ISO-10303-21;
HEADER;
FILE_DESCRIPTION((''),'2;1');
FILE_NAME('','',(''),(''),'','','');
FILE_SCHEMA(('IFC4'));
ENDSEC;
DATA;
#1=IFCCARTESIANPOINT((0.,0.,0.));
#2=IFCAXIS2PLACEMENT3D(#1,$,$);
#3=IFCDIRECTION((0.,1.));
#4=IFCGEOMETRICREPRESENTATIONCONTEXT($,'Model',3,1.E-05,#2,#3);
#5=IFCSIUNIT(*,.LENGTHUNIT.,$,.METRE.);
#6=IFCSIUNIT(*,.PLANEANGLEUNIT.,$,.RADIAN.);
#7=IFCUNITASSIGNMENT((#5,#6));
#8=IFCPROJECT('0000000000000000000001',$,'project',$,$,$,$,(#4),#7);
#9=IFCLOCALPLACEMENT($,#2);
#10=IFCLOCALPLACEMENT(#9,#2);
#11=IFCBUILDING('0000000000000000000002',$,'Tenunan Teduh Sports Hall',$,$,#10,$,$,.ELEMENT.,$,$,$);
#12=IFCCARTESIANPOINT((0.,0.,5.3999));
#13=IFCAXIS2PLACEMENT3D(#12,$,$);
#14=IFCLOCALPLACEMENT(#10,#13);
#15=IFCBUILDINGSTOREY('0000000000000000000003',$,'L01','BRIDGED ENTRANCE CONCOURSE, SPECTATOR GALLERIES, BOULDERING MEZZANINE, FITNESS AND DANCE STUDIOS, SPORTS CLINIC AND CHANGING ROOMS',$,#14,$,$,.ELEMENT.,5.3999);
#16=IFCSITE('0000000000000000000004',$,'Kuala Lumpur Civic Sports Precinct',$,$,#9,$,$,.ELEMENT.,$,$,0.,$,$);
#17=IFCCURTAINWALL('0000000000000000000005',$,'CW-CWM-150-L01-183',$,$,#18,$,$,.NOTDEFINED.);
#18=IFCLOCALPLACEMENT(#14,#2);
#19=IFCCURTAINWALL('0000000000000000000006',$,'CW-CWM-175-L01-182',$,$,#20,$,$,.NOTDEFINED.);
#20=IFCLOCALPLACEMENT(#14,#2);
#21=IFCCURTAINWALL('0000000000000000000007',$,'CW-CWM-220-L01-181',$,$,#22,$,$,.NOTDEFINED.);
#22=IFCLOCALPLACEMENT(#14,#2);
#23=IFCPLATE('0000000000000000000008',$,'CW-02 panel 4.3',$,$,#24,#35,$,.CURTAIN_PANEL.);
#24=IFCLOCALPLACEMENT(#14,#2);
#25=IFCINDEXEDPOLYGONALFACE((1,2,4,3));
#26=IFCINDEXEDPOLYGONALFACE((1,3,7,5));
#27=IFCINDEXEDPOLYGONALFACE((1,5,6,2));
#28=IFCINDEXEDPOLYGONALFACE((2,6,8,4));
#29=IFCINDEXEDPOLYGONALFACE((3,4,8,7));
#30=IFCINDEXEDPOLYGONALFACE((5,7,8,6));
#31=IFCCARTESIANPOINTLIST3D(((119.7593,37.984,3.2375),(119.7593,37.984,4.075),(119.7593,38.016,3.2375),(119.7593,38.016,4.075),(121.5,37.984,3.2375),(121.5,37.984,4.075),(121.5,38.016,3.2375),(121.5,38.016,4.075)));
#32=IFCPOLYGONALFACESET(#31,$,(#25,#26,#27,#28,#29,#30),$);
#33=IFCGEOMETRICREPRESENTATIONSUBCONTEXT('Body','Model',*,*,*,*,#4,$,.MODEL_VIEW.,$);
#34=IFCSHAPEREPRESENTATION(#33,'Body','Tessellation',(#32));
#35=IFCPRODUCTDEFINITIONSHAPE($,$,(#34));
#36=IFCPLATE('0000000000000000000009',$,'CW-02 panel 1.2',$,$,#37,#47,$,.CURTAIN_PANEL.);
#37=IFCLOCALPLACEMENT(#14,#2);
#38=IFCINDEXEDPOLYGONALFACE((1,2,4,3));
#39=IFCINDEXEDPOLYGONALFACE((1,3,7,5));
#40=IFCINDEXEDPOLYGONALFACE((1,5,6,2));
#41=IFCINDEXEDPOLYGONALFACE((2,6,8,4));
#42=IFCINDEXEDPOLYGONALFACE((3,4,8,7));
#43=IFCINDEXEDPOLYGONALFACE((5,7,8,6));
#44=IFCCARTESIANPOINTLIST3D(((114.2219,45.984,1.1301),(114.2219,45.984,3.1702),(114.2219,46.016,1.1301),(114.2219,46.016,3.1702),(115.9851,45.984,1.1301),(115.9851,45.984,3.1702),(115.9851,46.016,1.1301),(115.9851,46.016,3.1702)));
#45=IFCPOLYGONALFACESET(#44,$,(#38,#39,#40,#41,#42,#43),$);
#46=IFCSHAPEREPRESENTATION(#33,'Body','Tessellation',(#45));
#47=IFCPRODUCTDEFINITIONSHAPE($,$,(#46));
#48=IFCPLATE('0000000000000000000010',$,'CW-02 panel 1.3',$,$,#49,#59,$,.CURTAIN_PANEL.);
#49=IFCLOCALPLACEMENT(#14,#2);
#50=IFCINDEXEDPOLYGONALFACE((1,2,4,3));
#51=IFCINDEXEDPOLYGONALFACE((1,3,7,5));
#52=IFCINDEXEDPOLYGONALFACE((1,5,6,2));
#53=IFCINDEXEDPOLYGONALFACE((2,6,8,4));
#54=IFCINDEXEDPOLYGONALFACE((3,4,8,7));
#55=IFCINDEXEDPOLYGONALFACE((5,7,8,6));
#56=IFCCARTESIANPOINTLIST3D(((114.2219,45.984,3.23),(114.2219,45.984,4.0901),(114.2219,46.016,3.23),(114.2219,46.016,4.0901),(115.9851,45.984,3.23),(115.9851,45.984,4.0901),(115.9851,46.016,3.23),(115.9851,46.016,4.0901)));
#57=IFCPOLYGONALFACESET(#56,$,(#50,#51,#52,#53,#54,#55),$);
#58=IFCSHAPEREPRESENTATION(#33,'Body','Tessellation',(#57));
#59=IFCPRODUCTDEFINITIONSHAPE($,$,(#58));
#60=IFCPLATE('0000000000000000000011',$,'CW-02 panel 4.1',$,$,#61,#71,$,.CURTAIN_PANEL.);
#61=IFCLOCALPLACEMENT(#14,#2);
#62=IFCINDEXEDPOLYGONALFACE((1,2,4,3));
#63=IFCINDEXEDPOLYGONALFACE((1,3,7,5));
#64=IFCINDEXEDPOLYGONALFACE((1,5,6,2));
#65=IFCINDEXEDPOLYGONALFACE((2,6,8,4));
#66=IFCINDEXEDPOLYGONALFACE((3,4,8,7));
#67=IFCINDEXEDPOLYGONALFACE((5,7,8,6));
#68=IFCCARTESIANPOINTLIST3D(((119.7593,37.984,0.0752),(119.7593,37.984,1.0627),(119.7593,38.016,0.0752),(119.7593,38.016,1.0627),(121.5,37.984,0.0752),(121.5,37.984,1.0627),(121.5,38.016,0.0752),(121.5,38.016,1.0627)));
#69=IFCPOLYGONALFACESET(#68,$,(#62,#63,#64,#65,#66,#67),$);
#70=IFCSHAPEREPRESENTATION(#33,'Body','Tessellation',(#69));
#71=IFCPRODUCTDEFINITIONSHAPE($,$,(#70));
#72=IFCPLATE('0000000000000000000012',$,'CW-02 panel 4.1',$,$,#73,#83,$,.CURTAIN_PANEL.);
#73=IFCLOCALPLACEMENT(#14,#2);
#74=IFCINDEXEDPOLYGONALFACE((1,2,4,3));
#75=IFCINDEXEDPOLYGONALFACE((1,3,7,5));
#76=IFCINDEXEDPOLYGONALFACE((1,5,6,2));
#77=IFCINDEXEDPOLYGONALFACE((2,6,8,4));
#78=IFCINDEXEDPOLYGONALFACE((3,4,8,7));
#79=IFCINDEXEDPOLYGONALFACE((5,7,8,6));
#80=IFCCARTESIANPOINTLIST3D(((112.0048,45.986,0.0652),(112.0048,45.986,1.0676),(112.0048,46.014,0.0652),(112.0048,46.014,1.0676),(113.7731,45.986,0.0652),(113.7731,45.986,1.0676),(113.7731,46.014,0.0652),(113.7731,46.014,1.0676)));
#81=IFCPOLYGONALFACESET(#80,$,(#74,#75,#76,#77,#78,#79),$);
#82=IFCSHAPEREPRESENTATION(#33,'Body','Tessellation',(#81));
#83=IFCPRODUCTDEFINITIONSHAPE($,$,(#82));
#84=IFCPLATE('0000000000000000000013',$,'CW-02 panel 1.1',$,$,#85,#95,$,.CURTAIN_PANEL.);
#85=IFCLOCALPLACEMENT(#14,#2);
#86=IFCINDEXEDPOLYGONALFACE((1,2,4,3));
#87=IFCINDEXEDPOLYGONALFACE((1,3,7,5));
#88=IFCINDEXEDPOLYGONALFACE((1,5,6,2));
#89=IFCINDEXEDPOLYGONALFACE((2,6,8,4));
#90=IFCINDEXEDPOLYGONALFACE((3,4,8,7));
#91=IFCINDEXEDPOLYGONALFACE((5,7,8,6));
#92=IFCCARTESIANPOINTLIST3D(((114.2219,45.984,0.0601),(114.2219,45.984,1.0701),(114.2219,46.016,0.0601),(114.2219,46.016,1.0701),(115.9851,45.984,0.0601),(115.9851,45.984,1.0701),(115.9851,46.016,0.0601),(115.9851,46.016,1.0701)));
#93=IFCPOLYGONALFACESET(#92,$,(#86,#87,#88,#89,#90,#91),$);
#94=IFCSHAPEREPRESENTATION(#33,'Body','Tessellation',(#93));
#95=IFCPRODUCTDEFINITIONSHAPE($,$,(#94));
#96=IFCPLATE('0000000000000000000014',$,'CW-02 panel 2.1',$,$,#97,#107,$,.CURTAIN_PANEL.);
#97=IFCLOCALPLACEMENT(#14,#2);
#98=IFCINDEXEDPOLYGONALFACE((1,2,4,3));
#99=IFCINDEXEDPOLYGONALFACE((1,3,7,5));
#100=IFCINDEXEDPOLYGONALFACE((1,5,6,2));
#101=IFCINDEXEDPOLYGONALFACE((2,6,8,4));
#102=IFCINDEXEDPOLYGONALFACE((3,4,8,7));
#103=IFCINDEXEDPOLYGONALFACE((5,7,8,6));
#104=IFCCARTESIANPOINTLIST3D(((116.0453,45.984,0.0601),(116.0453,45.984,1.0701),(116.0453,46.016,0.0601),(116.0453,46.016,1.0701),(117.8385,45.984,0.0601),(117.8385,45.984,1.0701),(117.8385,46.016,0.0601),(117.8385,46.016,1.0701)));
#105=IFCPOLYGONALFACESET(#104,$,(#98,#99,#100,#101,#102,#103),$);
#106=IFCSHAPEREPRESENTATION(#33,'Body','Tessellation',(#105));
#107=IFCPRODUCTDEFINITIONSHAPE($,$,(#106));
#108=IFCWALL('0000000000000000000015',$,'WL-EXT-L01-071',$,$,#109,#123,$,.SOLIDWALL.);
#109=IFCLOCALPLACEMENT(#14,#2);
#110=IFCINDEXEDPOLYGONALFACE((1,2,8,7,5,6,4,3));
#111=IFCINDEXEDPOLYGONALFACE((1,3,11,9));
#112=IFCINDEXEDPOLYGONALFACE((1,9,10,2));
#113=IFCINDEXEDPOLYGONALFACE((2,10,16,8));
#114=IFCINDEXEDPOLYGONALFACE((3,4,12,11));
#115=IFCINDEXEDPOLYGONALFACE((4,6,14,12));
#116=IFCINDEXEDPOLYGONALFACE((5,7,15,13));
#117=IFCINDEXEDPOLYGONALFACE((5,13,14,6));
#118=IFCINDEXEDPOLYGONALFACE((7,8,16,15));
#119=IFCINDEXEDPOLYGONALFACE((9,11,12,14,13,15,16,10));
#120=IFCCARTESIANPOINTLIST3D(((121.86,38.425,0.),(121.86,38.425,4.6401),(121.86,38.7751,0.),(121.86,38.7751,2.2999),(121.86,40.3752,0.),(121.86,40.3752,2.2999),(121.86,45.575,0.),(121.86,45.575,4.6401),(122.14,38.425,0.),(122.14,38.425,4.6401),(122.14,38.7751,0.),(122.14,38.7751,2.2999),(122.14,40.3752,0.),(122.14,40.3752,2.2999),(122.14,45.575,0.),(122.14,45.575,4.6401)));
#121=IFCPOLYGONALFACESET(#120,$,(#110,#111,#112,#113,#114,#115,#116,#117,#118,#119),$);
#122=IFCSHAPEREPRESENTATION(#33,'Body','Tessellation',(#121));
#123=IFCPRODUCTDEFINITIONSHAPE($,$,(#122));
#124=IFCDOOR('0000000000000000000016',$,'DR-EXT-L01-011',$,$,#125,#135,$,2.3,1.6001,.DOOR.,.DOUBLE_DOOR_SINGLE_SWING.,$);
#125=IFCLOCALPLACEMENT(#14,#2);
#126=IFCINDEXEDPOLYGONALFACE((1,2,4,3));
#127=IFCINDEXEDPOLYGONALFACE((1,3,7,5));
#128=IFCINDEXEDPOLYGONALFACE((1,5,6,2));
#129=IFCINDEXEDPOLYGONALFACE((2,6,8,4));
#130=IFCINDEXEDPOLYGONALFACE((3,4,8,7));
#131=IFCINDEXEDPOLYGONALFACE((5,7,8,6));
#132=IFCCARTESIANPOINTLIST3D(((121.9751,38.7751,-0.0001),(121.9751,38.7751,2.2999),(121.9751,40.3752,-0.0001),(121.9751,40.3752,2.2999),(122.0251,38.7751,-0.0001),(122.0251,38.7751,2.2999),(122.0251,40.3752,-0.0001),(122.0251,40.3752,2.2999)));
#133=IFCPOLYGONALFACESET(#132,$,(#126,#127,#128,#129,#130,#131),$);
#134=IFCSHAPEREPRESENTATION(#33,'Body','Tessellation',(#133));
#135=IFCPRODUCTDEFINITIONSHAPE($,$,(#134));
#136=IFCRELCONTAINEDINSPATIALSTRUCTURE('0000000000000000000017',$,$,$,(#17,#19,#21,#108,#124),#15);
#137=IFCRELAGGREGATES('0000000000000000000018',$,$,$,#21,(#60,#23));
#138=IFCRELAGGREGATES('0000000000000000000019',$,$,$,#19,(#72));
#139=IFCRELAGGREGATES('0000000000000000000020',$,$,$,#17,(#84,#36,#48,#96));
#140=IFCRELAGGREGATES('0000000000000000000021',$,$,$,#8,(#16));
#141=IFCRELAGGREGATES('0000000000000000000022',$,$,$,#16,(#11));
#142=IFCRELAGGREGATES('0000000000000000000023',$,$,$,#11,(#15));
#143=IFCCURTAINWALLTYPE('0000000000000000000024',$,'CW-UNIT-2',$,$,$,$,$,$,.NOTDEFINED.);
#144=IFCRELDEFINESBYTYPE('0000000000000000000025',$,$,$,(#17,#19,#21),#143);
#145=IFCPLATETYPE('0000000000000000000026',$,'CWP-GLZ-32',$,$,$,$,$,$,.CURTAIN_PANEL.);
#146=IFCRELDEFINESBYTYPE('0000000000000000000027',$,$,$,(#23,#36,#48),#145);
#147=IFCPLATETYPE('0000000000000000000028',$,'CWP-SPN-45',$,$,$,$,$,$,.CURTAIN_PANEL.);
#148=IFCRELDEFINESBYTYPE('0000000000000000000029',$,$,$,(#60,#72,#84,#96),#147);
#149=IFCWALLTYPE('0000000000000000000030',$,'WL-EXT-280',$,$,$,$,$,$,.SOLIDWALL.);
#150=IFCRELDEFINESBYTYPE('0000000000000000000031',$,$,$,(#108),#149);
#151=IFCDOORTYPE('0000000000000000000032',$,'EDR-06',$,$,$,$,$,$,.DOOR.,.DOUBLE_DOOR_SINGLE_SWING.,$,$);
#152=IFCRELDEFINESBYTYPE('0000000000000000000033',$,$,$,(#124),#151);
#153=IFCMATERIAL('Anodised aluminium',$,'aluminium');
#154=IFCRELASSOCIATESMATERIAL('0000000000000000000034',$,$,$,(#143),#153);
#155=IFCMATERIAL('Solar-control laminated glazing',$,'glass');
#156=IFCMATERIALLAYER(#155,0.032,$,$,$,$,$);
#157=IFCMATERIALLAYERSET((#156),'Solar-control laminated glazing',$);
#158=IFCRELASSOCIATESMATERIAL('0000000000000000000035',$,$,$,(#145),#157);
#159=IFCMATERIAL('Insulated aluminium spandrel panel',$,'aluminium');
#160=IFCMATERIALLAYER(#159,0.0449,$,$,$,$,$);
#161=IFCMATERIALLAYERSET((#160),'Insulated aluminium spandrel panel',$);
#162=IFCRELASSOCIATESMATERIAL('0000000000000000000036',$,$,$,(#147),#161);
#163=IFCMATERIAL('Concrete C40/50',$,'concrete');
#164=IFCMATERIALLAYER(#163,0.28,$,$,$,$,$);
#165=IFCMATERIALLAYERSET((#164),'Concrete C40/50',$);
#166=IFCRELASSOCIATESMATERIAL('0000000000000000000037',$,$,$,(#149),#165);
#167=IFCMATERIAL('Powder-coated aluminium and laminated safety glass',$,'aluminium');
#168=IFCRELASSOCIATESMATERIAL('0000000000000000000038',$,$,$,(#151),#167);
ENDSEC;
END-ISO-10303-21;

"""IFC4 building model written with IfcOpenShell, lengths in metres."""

from ifc_helpers import new_model, si_unit, direction, frame, frame_2d, origin, origin_2d, place, context, subcontext, project, spatial, rectangle, extrude, material, layer, layer_set, type_object, element, fill, aggregate, save


model = new_model("IFC4")

# Units and contexts
model_context = context("Model", 3, precision=1e-05, world=origin(), true_north=direction((0.0, 1.0)))
body_context = subcontext(model_context, "Body", "Model", "MODEL_VIEW")
ifc_project = project(units=[si_unit("LENGTHUNIT", "METRE"), si_unit("PLANEANGLEUNIT", "RADIAN")], contexts=[model_context])

# Site, building, storey
site_placement = place(None, origin())
site = spatial("IfcSite", under=ifc_project, at=site_placement, Name="Kuala Lumpur Civic Sports Precinct", CompositionType="ELEMENT", RefElevation=0.0)
building_placement = place(site_placement, origin())
building = spatial("IfcBuilding", under=site, at=building_placement, Name="Tenunan Teduh Sports Hall", CompositionType="ELEMENT")
storey_placement = place(building_placement, frame((0.0, 0.0, 5.3999)))
storey = spatial("IfcBuildingStorey", under=building, at=storey_placement, Name="L01", Description="BRIDGED ENTRANCE CONCOURSE, SPECTATOR GALLERIES, BOULDERING MEZZANINE, FITNESS AND DANCE STUDIOS, SPORTS CLINIC AND CHANGING ROOMS", CompositionType="ELEMENT", Elevation=5.3999)

# Curtain wall
ifc_material_1 = material(Name="Anodised aluminium", Category="aluminium")
curtain_wall_type = type_object("IfcCurtainWallType", Name="CW-UNIT-2", PredefinedType="NOTDEFINED", material=ifc_material_1)
curtain_wall_1_placement = place(storey_placement, origin())
curtain_wall_1 = element("IfcCurtainWall", 1, at=curtain_wall_1_placement, inside=storey, type_object=curtain_wall_type, Name="CW-CWM-150-L01-183", PredefinedType="NOTDEFINED")

# Curtain walls
curtain_wall_2_placement = place(storey_placement, origin())
curtain_wall_2 = element("IfcCurtainWall", 2, at=curtain_wall_2_placement, inside=storey, type_object=curtain_wall_type, Name="CW-CWM-175-L01-182", PredefinedType="NOTDEFINED")
curtain_wall_3_placement = place(storey_placement, origin())
curtain_wall_3 = element("IfcCurtainWall", 3, at=curtain_wall_3_placement, inside=storey, type_object=curtain_wall_type, Name="CW-CWM-220-L01-181", PredefinedType="NOTDEFINED")

# Plates
ifc_material_2 = material(Name="Solar-control laminated glazing", Category="glass")
ifc_layer_1 = layer(ifc_material_2, 0.032)
ifc_layer_set_1 = layer_set([ifc_layer_1], Name="Solar-control laminated glazing")
plate_type_1 = type_object("IfcPlateType", Name="CWP-GLZ-32", PredefinedType="CURTAIN_PANEL", material=ifc_layer_set_1)
plate_1_placement = place(storey_placement, frame((120.6296, 38.0, 3.2375), z_axis=(0.0, 0.0, 1.0), x_axis=(1.0, 0.0, 0.0)))
plate_1 = element("IfcPlate", 4, at=plate_1_placement, type_object=plate_type_1, Name="CW-02 panel 4.3", PredefinedType="CURTAIN_PANEL", context=body_context, shape_type="SweptSolid", body=[
    extrude(rectangle(XDim=1.7407, YDim=0.032, at=origin_2d()), origin(), (0.0, 0.0, 1.0), 0.8374),
])
plate_2_placement = place(storey_placement, frame((115.1035, 46.0, 1.1301), z_axis=(0.0, 0.0, 1.0), x_axis=(1.0, 0.0, 0.0)))
plate_2 = element("IfcPlate", 5, at=plate_2_placement, type_object=plate_type_1, Name="CW-02 panel 1.2", PredefinedType="CURTAIN_PANEL", context=body_context, shape_type="SweptSolid", body=[
    extrude(rectangle(XDim=1.7632, YDim=0.032, at=origin_2d()), origin(), (0.0, 0.0, 1.0), 2.04),
])
plate_3_placement = place(storey_placement, frame((115.1035, 46.0, 3.23), z_axis=(0.0, 0.0, 1.0), x_axis=(1.0, 0.0, 0.0)))
plate_3 = element("IfcPlate", 6, at=plate_3_placement, type_object=plate_type_1, Name="CW-02 panel 1.3", PredefinedType="CURTAIN_PANEL", context=body_context, shape_type="SweptSolid", body=[
    extrude(rectangle(XDim=1.7632, YDim=0.032, at=origin_2d()), origin(), (0.0, 0.0, 1.0), 0.8601),
])
ifc_material_3 = material(Name="Insulated aluminium spandrel panel", Category="aluminium")
ifc_layer_2 = layer(ifc_material_3, 0.0449)
ifc_layer_set_2 = layer_set([ifc_layer_2], Name="Insulated aluminium spandrel panel")
plate_type_2 = type_object("IfcPlateType", Name="CWP-SPN-45", PredefinedType="CURTAIN_PANEL", material=ifc_layer_set_2)
plate_4_placement = place(storey_placement, frame((120.6296, 38.0, 0.0752), z_axis=(0.0, 0.0, 1.0), x_axis=(1.0, 0.0, 0.0)))
plate_4 = element("IfcPlate", 7, at=plate_4_placement, type_object=plate_type_2, Name="CW-02 panel 4.1", PredefinedType="CURTAIN_PANEL", context=body_context, shape_type="SweptSolid", body=[
    extrude(rectangle(XDim=1.7407, YDim=0.032, at=origin_2d()), origin(), (0.0, 0.0, 1.0), 0.9875),
])
aggregate(curtain_wall_3, [plate_4, plate_1])
plate_5_placement = place(storey_placement, frame((112.8889, 46.0, 0.0652), z_axis=(0.0, 0.0, 1.0), x_axis=(1.0, 0.0, 0.0)))
plate_5 = element("IfcPlate", 8, at=plate_5_placement, type_object=plate_type_2, Name="CW-02 panel 4.1", PredefinedType="CURTAIN_PANEL", context=body_context, shape_type="SweptSolid", body=[
    extrude(rectangle(XDim=1.7683, YDim=0.0281, at=origin_2d()), origin(), (0.0, 0.0, 1.0), 1.0024),
])
aggregate(curtain_wall_2, [plate_5])
plate_6_placement = place(storey_placement, frame((115.1035, 46.0, 0.0601), z_axis=(0.0, 0.0, 1.0), x_axis=(1.0, 0.0, 0.0)))
plate_6 = element("IfcPlate", 9, at=plate_6_placement, type_object=plate_type_2, Name="CW-02 panel 1.1", PredefinedType="CURTAIN_PANEL", context=body_context, shape_type="SweptSolid", body=[
    extrude(rectangle(XDim=1.7632, YDim=0.032, at=origin_2d()), origin(), (0.0, 0.0, 1.0), 1.01),
])
plate_7_placement = place(storey_placement, frame((116.9419, 46.0, 0.0601), z_axis=(0.0, 0.0, 1.0), x_axis=(1.0, 0.0, 0.0)))
plate_7 = element("IfcPlate", 10, at=plate_7_placement, type_object=plate_type_2, Name="CW-02 panel 2.1", PredefinedType="CURTAIN_PANEL", context=body_context, shape_type="SweptSolid", body=[
    extrude(rectangle(XDim=1.7932, YDim=0.032, at=origin_2d()), origin(), (0.0, 0.0, 1.0), 1.01),
])
aggregate(curtain_wall_1, [plate_6, plate_2, plate_3, plate_7])

# Wall, opening, door
ifc_material_4 = material(Name="Concrete C40/50", Category="concrete")
ifc_layer_3 = layer(ifc_material_4, 0.28)
ifc_layer_set_3 = layer_set([ifc_layer_3], Name="Concrete C40/50")
wall_type = type_object("IfcWallType", Name="WL-EXT-280", PredefinedType="SOLIDWALL", material=ifc_layer_set_3)
wall_placement = place(storey_placement, frame((122.0, 38.425, 0.0), z_axis=(0.0, 0.0, 1.0), x_axis=(0.0, 1.0, 0.0)))
wall = element("IfcWall", 11, at=wall_placement, inside=storey, type_object=wall_type, Name="WL-EXT-L01-071", PredefinedType="SOLIDWALL", context=body_context, shape_type="SweptSolid", body=[
    extrude(rectangle(XDim=7.1499, YDim=0.28, at=frame_2d((3.575, 0.0))), origin(), (0.0, 0.0, 1.0), 4.6401),
])
opening_placement = place(wall_placement, frame((0.3501, 0.0, 0.0)))
opening = element("IfcOpeningElement", 12, at=opening_placement, cuts=wall, PredefinedType="OPENING", context=body_context, shape_type="SweptSolid", body=[
    extrude(rectangle(XDim=1.6001, YDim=2.3, at=frame_2d((0.8, 1.1499))), frame((0.0, 0.1499, 0.0), z_axis=(0.0, -1.0, 0.0), x_axis=(1.0, 0.0, 0.0)), (0.0, 0.0, 1.0), 0.3),
])
ifc_material_5 = material(Name="Powder-coated aluminium and laminated safety glass", Category="aluminium")
door_type = type_object("IfcDoorType", Name="EDR-06", OperationType="DOUBLE_DOOR_SINGLE_SWING", PredefinedType="DOOR", material=ifc_material_5)
door_placement = place(opening_placement, origin())
door = element("IfcDoor", 13, at=door_placement, inside=storey, type_object=door_type, Name="DR-EXT-L01-011", OperationType="DOUBLE_DOOR_SINGLE_SWING", OverallHeight=2.3, OverallWidth=1.6001, PredefinedType="DOOR", context=body_context, shape_type="SweptSolid", body=[
    extrude(rectangle(XDim=1.6001, YDim=2.3, at=frame_2d((0.8, 1.1499))), frame((0.0, 0.0249, 0.0), z_axis=(0.0, -1.0, 0.0), x_axis=(1.0, 0.0, 0.0)), (0.0, 0.0, 1.0), 0.05),
])
fill(opening, door)

save(model, "model.ifc")
